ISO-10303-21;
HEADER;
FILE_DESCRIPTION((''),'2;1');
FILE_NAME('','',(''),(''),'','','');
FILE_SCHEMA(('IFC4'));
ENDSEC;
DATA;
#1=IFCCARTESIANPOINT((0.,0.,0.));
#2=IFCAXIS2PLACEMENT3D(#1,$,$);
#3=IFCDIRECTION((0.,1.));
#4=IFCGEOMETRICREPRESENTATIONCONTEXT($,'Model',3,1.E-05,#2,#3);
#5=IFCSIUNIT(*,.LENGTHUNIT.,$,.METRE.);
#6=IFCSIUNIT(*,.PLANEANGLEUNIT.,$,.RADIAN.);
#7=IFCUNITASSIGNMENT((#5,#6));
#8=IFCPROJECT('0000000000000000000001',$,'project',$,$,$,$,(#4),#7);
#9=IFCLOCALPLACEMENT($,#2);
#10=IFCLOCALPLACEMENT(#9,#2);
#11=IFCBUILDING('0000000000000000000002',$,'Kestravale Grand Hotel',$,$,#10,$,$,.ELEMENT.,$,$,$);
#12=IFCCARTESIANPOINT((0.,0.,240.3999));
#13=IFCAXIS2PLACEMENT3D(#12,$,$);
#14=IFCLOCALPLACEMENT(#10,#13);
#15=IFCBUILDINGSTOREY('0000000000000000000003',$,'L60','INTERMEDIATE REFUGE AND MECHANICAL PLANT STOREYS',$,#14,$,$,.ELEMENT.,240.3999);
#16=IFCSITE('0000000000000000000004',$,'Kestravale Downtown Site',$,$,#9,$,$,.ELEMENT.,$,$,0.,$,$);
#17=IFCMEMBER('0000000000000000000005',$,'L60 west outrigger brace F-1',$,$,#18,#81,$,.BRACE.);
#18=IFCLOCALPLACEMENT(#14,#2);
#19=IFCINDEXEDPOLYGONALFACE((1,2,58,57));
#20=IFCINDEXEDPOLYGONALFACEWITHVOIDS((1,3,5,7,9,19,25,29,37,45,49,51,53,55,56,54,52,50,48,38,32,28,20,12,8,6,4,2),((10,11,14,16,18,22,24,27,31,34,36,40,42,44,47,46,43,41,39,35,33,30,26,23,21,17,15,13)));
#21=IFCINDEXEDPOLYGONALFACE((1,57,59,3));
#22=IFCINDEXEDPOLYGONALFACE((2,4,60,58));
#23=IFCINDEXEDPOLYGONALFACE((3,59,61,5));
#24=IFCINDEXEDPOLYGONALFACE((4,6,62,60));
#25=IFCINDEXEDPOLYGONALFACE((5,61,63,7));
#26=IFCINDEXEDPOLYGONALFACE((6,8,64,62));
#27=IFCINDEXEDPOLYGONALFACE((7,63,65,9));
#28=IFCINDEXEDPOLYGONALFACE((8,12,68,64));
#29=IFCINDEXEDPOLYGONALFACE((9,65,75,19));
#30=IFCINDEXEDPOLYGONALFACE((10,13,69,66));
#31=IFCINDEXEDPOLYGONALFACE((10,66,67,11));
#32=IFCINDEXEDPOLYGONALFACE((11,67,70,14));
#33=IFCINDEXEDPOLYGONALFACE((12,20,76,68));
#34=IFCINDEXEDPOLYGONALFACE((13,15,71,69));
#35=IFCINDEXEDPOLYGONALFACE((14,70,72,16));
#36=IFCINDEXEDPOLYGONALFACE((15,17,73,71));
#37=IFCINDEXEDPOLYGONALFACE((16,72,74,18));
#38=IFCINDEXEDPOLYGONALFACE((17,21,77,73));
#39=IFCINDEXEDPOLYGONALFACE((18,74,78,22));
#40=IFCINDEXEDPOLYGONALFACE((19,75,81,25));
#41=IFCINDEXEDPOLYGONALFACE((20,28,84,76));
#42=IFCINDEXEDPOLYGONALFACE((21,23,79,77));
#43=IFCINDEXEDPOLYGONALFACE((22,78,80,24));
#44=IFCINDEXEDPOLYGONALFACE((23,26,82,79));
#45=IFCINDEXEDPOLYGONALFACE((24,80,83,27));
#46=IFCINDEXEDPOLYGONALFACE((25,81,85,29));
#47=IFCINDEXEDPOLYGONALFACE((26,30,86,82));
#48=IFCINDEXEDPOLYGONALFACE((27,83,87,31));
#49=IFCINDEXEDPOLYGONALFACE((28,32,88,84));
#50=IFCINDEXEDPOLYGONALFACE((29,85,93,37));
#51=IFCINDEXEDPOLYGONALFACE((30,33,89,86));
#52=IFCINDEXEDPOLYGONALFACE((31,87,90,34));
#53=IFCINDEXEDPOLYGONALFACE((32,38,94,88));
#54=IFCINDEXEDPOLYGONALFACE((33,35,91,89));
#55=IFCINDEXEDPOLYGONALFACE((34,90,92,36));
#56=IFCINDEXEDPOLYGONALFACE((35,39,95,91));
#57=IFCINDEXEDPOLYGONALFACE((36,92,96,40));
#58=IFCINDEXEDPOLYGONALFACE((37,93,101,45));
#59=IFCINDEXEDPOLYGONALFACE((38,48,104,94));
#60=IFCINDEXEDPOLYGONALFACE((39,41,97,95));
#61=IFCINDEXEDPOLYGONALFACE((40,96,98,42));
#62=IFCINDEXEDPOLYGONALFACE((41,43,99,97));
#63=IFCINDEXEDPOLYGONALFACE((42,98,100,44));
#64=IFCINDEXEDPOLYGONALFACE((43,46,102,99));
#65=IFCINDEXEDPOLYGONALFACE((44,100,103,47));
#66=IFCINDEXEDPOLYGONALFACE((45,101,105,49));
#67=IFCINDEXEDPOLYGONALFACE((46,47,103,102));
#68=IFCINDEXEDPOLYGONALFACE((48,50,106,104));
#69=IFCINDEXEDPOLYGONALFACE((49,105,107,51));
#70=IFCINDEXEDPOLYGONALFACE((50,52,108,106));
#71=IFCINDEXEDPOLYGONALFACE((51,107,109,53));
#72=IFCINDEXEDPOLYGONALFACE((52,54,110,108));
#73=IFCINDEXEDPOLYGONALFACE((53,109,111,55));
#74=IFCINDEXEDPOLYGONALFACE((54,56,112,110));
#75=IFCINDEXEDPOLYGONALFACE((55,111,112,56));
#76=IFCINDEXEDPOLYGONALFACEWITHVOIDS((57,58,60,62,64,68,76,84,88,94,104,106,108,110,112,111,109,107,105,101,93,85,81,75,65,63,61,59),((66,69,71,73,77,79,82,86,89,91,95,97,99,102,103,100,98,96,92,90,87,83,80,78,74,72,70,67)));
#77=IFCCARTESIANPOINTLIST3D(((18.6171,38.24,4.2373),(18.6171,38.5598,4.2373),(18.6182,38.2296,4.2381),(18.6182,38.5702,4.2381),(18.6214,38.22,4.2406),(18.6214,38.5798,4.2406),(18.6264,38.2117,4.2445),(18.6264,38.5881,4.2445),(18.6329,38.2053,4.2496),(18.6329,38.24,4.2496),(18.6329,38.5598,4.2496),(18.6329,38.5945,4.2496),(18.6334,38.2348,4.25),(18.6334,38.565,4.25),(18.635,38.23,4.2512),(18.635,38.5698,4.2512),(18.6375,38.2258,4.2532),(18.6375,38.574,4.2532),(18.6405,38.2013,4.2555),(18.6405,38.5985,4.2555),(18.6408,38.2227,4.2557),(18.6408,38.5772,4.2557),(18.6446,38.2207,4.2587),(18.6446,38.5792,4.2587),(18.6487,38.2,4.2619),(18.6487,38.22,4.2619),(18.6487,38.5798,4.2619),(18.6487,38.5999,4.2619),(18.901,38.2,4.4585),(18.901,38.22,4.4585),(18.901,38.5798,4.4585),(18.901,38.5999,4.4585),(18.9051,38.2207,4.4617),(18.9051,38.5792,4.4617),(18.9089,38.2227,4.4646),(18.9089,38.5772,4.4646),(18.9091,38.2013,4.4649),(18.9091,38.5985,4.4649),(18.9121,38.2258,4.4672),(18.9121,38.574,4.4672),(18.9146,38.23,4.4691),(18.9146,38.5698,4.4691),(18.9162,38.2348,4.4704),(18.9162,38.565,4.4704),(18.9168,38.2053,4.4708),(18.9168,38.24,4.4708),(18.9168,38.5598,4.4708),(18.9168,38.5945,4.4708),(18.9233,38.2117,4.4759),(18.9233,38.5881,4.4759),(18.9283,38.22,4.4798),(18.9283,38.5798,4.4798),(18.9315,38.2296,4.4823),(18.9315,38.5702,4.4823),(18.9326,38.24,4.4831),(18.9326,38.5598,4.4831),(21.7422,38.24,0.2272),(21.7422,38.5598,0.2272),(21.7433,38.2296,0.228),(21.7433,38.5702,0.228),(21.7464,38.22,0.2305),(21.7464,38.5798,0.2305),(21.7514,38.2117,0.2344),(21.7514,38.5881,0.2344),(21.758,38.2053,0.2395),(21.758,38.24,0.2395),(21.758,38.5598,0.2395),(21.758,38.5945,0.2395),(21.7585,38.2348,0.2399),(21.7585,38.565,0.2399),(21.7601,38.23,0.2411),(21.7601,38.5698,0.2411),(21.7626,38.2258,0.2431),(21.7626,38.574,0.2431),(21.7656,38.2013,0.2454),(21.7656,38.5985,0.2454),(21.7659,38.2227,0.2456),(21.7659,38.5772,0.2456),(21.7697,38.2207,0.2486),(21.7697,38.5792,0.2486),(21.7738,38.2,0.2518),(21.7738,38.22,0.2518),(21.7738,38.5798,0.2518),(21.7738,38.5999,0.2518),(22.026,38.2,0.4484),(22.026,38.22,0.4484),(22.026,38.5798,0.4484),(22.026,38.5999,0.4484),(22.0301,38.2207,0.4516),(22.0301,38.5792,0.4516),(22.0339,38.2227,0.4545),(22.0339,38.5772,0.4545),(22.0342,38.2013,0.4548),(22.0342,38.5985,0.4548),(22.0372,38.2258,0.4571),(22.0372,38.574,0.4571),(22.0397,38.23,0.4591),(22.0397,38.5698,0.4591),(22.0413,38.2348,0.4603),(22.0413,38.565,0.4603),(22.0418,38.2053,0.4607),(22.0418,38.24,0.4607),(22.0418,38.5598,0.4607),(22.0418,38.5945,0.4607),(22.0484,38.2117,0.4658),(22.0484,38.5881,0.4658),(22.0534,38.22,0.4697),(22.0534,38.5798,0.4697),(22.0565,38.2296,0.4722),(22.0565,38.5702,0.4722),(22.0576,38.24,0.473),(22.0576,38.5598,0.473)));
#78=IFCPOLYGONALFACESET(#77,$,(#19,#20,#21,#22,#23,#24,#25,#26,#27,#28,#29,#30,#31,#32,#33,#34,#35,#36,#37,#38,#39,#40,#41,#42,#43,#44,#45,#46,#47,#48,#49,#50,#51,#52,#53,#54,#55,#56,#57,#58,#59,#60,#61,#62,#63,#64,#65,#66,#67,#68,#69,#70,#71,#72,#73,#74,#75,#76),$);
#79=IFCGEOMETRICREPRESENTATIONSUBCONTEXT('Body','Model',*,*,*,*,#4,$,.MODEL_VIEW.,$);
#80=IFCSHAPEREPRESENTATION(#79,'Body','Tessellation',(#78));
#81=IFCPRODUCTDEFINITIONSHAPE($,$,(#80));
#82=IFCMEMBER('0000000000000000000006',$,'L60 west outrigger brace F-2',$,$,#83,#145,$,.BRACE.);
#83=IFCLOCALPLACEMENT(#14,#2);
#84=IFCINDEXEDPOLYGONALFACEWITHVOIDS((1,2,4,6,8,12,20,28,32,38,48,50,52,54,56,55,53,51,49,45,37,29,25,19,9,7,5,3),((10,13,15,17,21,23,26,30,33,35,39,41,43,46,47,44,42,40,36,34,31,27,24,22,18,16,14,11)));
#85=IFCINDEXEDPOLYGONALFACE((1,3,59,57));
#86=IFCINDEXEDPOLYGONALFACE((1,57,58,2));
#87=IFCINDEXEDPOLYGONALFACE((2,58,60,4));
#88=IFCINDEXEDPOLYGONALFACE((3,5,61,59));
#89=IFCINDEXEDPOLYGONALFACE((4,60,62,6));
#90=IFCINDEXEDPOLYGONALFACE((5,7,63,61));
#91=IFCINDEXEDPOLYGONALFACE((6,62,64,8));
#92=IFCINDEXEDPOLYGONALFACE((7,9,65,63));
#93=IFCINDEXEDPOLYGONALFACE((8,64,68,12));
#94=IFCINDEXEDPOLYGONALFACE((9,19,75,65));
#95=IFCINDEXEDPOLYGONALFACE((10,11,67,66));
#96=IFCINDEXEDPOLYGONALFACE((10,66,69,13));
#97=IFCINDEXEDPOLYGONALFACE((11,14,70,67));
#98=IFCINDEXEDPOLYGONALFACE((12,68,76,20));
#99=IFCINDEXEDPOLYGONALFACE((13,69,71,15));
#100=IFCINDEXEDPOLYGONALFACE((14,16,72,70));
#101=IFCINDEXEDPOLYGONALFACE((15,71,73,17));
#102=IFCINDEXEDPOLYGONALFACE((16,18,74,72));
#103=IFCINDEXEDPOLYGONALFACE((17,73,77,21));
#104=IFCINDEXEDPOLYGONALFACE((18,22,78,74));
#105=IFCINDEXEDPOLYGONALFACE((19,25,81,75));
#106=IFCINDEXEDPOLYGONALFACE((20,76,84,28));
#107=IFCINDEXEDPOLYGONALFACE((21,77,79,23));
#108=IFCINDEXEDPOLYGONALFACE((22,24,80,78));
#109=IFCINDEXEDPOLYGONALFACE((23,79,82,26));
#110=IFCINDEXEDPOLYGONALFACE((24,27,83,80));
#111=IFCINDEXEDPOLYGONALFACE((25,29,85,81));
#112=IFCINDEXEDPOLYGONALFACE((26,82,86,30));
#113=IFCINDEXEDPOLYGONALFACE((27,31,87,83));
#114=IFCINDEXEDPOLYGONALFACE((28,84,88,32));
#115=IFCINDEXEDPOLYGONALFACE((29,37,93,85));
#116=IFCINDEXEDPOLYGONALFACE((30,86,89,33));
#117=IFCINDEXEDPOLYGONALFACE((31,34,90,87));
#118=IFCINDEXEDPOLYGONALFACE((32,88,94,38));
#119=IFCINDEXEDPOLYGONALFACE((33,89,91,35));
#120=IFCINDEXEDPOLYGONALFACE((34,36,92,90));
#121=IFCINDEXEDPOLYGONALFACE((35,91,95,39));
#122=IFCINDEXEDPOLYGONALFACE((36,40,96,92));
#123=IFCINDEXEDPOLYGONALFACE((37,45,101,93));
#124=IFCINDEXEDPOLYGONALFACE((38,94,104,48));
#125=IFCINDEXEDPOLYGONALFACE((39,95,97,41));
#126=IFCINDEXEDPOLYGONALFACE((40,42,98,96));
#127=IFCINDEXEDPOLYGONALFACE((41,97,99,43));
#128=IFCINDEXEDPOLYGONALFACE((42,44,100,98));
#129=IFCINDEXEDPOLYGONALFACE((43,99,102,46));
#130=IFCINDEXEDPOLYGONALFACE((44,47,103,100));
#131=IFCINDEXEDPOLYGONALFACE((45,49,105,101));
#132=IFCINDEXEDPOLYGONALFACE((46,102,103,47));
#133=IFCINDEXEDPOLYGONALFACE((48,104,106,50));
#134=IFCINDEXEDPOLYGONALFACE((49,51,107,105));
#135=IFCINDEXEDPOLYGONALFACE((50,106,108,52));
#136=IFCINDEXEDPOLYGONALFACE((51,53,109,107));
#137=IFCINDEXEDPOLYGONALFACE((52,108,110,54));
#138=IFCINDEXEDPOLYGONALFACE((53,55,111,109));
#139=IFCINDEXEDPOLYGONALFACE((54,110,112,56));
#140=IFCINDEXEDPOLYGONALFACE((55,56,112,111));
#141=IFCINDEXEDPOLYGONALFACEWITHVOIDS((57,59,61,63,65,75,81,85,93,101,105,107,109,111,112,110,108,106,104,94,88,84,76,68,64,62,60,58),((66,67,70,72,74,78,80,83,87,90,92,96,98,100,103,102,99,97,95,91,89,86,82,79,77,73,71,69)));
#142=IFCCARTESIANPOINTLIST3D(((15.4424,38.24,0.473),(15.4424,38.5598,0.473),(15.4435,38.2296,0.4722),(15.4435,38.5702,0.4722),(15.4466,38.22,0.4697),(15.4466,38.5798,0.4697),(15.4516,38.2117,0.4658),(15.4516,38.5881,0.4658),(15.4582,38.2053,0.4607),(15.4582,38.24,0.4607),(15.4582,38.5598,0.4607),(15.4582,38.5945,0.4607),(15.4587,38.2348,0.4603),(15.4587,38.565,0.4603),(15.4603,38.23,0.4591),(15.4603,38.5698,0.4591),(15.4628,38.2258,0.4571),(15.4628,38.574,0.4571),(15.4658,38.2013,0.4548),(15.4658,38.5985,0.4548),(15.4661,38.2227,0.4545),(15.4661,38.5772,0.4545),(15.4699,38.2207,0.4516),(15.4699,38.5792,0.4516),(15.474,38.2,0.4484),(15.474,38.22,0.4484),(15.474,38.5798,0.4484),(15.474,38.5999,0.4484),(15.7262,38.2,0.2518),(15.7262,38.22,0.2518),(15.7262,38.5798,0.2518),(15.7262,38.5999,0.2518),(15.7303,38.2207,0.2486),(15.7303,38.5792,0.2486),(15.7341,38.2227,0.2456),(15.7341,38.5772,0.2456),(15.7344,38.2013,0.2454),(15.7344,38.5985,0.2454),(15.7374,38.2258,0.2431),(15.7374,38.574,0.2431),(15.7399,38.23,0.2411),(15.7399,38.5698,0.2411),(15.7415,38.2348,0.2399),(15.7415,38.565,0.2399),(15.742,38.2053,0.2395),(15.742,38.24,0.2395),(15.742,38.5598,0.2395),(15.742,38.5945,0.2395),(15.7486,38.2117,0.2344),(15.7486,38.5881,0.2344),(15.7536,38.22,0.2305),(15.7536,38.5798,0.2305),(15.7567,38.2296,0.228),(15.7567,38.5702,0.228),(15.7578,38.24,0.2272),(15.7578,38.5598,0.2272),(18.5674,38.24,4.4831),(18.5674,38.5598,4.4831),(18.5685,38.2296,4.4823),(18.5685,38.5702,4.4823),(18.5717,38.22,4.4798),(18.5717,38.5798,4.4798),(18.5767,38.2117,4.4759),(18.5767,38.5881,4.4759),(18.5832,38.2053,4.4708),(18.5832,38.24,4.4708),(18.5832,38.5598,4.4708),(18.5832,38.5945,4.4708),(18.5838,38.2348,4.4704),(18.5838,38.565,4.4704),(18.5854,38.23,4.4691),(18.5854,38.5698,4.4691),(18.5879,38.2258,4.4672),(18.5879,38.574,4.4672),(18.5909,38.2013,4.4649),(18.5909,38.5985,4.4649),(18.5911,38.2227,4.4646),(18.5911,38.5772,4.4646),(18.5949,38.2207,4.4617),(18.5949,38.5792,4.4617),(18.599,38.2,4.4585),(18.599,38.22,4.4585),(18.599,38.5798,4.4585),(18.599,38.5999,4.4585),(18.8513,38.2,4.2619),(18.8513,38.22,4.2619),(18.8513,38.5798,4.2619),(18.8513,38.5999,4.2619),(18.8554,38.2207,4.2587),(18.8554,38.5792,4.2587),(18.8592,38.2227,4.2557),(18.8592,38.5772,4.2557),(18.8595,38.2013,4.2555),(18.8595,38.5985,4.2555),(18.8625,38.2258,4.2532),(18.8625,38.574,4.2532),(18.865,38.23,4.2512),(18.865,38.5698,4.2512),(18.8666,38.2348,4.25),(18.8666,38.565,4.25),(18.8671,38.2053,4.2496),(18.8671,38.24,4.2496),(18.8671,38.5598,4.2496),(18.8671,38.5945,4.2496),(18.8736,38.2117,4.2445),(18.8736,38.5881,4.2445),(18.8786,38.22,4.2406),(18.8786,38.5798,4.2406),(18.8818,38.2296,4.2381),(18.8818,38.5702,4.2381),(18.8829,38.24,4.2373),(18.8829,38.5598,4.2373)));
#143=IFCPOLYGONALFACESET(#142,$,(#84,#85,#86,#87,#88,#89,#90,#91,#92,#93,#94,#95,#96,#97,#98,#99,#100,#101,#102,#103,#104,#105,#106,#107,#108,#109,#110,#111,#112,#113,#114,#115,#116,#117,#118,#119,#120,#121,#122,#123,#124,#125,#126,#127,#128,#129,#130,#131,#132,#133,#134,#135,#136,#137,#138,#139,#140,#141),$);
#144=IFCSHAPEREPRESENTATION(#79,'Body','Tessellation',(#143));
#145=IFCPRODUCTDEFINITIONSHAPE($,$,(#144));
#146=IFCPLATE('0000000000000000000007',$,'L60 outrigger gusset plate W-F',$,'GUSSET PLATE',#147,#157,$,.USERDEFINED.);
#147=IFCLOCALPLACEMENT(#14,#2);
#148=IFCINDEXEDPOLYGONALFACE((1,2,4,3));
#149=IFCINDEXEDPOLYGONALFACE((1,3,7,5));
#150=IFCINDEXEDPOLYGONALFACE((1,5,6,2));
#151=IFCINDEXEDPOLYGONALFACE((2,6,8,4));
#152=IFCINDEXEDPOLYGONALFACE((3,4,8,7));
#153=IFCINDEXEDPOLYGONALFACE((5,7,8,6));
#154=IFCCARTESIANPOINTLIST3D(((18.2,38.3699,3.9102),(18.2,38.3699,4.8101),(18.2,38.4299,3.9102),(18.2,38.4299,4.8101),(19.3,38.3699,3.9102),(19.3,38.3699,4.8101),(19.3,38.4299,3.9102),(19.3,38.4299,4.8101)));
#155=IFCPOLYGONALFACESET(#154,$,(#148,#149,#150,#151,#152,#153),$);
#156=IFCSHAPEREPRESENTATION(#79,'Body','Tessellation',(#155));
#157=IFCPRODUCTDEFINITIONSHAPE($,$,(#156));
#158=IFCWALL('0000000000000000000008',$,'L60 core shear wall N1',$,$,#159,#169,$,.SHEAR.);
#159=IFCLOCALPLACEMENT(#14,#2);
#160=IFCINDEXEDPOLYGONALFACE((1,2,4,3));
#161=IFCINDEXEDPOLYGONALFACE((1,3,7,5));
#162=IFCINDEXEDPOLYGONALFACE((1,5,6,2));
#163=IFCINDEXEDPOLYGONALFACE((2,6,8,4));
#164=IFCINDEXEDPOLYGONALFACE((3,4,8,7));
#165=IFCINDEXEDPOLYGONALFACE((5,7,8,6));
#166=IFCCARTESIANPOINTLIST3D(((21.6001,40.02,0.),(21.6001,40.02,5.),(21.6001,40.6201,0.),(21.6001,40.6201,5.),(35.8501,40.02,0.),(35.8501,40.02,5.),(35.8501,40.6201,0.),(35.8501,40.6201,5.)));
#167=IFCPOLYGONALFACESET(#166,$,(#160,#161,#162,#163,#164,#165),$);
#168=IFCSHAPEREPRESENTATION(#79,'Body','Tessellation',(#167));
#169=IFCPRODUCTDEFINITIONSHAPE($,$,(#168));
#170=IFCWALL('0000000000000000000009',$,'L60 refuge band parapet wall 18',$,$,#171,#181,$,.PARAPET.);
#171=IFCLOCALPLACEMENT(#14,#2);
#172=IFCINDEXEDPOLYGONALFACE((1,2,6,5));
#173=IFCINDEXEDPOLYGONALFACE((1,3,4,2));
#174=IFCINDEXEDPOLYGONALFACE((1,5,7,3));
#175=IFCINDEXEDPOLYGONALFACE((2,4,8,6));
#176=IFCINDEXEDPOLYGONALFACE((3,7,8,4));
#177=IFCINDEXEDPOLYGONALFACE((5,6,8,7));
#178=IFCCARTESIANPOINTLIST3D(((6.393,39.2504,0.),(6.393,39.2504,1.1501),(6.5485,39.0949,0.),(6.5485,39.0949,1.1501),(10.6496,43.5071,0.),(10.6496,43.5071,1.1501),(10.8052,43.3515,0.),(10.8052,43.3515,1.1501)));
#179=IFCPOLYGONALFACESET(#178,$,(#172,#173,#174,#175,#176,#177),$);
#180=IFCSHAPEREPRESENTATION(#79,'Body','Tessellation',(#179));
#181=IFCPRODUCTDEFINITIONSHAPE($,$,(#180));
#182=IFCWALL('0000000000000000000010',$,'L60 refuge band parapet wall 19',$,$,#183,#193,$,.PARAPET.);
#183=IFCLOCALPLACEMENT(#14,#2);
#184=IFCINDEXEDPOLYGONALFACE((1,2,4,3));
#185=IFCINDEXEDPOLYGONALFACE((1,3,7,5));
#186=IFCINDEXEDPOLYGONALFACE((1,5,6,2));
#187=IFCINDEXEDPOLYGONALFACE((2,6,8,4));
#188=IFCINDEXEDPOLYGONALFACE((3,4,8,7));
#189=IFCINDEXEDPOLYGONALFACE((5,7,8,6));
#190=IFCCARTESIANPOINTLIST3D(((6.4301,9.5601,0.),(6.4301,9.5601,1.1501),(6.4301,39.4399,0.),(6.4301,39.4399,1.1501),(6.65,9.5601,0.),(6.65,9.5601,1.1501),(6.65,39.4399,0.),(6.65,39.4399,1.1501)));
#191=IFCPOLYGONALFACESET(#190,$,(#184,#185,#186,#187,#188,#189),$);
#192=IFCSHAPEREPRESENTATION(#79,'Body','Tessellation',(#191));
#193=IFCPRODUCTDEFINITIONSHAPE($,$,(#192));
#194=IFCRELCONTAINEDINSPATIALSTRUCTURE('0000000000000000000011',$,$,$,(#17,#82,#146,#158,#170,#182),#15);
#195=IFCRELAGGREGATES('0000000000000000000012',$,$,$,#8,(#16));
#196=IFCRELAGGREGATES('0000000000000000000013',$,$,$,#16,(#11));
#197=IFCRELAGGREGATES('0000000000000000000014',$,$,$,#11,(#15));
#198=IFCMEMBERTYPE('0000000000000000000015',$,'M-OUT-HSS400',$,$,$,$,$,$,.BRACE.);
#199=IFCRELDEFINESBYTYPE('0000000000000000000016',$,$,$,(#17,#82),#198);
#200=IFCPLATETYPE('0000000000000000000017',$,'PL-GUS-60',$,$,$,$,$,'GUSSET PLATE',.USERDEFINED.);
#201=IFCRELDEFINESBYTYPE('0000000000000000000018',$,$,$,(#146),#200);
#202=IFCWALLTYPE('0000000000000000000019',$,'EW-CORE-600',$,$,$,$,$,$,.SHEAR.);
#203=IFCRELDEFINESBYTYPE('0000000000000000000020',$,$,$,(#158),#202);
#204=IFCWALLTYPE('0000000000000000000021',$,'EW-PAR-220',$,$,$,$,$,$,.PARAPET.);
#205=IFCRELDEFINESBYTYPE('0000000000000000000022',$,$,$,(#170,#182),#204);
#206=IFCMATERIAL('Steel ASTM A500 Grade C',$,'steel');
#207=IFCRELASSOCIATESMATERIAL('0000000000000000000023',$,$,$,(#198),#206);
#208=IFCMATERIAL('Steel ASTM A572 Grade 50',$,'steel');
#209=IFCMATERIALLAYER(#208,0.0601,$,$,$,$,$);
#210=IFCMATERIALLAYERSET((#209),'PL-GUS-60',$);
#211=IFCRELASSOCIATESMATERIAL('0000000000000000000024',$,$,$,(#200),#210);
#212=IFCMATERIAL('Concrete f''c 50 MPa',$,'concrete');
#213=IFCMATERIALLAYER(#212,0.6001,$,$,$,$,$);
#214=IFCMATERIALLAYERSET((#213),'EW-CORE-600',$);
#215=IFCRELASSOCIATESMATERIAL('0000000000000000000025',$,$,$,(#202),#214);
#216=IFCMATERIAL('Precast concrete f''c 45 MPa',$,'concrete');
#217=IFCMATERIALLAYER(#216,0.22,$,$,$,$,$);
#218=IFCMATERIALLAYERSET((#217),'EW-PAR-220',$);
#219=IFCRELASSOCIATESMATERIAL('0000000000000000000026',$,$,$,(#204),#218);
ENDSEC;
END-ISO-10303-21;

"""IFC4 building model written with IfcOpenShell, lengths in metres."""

from ifc_helpers import new_model, si_unit, direction, frame, frame_2d, origin, origin_2d, place, context, subcontext, project, spatial, rectangle, hollow_rectangle, extrude, material, layer, layer_set, material_profile, profile_set, type_object, element, save


model = new_model("IFC4")

# Units and contexts
model_context = context("Model", 3, precision=1e-05, world=origin(), true_north=direction((0.0, 1.0)))
body_context = subcontext(model_context, "Body", "Model", "MODEL_VIEW")
ifc_project = project(units=[si_unit("LENGTHUNIT", "METRE"), si_unit("PLANEANGLEUNIT", "RADIAN")], contexts=[model_context])

# Site, building, storey
site_placement = place(None, origin())
site = spatial("IfcSite", under=ifc_project, at=site_placement, Name="Kestravale Downtown Site", CompositionType="ELEMENT", RefElevation=0.0)
building_placement = place(site_placement, origin())
building = spatial("IfcBuilding", under=site, at=building_placement, Name="Kestravale Grand Hotel", CompositionType="ELEMENT")
storey_placement = place(building_placement, frame((0.0, 0.0, 240.3999)))
storey = spatial("IfcBuildingStorey", under=building, at=storey_placement, Name="L60", Description="INTERMEDIATE REFUGE AND MECHANICAL PLANT STOREYS", CompositionType="ELEMENT", Elevation=240.3999)

# Members
ifc_material_1 = material(Name="Steel ASTM A500 Grade C", Category="steel")
ifc_material_profile_1 = material_profile(ifc_material_1, hollow_rectangle(XDim=0.3999, YDim=0.3999, WallThickness=0.02, InnerFilletRadius=0.02, OuterFilletRadius=0.04, at=origin_2d()))
ifc_profile_set_1 = profile_set([ifc_material_profile_1], Name="Steel ASTM A500 Grade C")
member_type_1 = type_object("IfcMemberType", Name="M-OUT-HSS400", PredefinedType="BRACE", material=ifc_profile_set_1)
for number, where, z_axis, x_axis, name in (
    (1, (21.8999, 38.3999, 0.3501), (-0.614688, 0.0, 0.78877), (0.0, -1.0, 0.0), "L60 west outrigger brace F-1"),
    (2, (15.6001, 38.3999, 0.3501), (0.614688, 0.0, 0.78877), (0.0, 1.0, 0.0), "L60 west outrigger brace F-2"),
):
    element("IfcMember", number, at=place(storey_placement, frame(where, z_axis=z_axis, x_axis=x_axis)), inside=storey, type_object=member_type_1, Name=name, PredefinedType="BRACE", context=body_context, shape_type="SweptSolid", body=[
        extrude(hollow_rectangle(XDim=0.3999, YDim=0.3999, WallThickness=0.02, InnerFilletRadius=0.02, OuterFilletRadius=0.04, at=origin_2d()), origin(), (0.0, 0.0, 1.0), 5.084),
    ])

# Plate
ifc_material_2 = material(Name="Steel ASTM A572 Grade 50", Category="steel")
ifc_layer_1 = layer(ifc_material_2, 0.0601)
ifc_layer_set_1 = layer_set([ifc_layer_1], Name="PL-GUS-60")
plate_type = type_object("IfcPlateType", Name="PL-GUS-60", ElementType="GUSSET PLATE", PredefinedType="USERDEFINED", material=ifc_layer_set_1)
plate_placement = place(storey_placement, frame((18.75, 38.3999, 3.9102), z_axis=(0.0, 0.0, 1.0), x_axis=(1.0, 0.0, 0.0)))
element("IfcPlate", 3, at=plate_placement, inside=storey, type_object=plate_type, Name="L60 outrigger gusset plate W-F", ObjectType="GUSSET PLATE", PredefinedType="USERDEFINED", context=body_context, shape_type="SweptSolid", body=[
    extrude(rectangle(XDim=1.1001, YDim=0.0601, at=origin_2d()), origin(), (0.0, 0.0, 1.0), 0.8999),
])

# Walls
ifc_material_3 = material(Name="Concrete f'c 50 MPa", Category="concrete")
ifc_layer_2 = layer(ifc_material_3, 0.6001)
ifc_layer_set_2 = layer_set([ifc_layer_2], Name="EW-CORE-600")
wall_type_1 = type_object("IfcWallType", Name="EW-CORE-600", PredefinedType="SHEAR", material=ifc_layer_set_2)
wall_1_placement = place(storey_placement, frame((21.6001, 40.3201, 0.0), z_axis=(0.0, 0.0, 1.0), x_axis=(1.0, 0.0, 0.0)))
element("IfcWall", 4, at=wall_1_placement, inside=storey, type_object=wall_type_1, Name="L60 core shear wall N1", PredefinedType="SHEAR", context=body_context, shape_type="SweptSolid", body=[
    extrude(rectangle(XDim=14.25, YDim=0.6001, at=frame_2d((7.125, 0.0))), origin(), (0.0, 0.0, 1.0), 5.0),
])
ifc_material_4 = material(Name="Precast concrete f'c 45 MPa", Category="concrete")
ifc_layer_3 = layer(ifc_material_4, 0.22)
ifc_layer_set_3 = layer_set([ifc_layer_3], Name="EW-PAR-220")
wall_type_2 = type_object("IfcWallType", Name="EW-PAR-220", PredefinedType="PARAPET", material=ifc_layer_set_3)
wall_2_placement = place(storey_placement, frame((10.7273, 43.4292, 0.0), z_axis=(0.0, 0.0, 1.0), x_axis=(-0.707107, -0.707107, 0.0)))
element("IfcWall", 5, at=wall_2_placement, inside=storey, type_object=wall_type_2, Name="L60 refuge band parapet wall 18", PredefinedType="PARAPET", context=body_context, shape_type="SweptSolid", body=[
    extrude(rectangle(XDim=6.0198, YDim=0.22, at=frame_2d((3.0098, 0.0))), origin(), (0.0, 0.0, 1.0), 1.1501),
])
wall_3_placement = place(storey_placement, frame((6.54, 39.4399, 0.0), z_axis=(0.0, 0.0, 1.0), x_axis=(0.0, -1.0, 0.0)))
element("IfcWall", 6, at=wall_3_placement, inside=storey, type_object=wall_type_2, Name="L60 refuge band parapet wall 19", PredefinedType="PARAPET", context=body_context, shape_type="SweptSolid", body=[
    extrude(rectangle(XDim=29.8799, YDim=0.22, at=frame_2d((14.9399, 0.0))), origin(), (0.0, 0.0, 1.0), 1.1501),
])

save(model, "model.ifc")
